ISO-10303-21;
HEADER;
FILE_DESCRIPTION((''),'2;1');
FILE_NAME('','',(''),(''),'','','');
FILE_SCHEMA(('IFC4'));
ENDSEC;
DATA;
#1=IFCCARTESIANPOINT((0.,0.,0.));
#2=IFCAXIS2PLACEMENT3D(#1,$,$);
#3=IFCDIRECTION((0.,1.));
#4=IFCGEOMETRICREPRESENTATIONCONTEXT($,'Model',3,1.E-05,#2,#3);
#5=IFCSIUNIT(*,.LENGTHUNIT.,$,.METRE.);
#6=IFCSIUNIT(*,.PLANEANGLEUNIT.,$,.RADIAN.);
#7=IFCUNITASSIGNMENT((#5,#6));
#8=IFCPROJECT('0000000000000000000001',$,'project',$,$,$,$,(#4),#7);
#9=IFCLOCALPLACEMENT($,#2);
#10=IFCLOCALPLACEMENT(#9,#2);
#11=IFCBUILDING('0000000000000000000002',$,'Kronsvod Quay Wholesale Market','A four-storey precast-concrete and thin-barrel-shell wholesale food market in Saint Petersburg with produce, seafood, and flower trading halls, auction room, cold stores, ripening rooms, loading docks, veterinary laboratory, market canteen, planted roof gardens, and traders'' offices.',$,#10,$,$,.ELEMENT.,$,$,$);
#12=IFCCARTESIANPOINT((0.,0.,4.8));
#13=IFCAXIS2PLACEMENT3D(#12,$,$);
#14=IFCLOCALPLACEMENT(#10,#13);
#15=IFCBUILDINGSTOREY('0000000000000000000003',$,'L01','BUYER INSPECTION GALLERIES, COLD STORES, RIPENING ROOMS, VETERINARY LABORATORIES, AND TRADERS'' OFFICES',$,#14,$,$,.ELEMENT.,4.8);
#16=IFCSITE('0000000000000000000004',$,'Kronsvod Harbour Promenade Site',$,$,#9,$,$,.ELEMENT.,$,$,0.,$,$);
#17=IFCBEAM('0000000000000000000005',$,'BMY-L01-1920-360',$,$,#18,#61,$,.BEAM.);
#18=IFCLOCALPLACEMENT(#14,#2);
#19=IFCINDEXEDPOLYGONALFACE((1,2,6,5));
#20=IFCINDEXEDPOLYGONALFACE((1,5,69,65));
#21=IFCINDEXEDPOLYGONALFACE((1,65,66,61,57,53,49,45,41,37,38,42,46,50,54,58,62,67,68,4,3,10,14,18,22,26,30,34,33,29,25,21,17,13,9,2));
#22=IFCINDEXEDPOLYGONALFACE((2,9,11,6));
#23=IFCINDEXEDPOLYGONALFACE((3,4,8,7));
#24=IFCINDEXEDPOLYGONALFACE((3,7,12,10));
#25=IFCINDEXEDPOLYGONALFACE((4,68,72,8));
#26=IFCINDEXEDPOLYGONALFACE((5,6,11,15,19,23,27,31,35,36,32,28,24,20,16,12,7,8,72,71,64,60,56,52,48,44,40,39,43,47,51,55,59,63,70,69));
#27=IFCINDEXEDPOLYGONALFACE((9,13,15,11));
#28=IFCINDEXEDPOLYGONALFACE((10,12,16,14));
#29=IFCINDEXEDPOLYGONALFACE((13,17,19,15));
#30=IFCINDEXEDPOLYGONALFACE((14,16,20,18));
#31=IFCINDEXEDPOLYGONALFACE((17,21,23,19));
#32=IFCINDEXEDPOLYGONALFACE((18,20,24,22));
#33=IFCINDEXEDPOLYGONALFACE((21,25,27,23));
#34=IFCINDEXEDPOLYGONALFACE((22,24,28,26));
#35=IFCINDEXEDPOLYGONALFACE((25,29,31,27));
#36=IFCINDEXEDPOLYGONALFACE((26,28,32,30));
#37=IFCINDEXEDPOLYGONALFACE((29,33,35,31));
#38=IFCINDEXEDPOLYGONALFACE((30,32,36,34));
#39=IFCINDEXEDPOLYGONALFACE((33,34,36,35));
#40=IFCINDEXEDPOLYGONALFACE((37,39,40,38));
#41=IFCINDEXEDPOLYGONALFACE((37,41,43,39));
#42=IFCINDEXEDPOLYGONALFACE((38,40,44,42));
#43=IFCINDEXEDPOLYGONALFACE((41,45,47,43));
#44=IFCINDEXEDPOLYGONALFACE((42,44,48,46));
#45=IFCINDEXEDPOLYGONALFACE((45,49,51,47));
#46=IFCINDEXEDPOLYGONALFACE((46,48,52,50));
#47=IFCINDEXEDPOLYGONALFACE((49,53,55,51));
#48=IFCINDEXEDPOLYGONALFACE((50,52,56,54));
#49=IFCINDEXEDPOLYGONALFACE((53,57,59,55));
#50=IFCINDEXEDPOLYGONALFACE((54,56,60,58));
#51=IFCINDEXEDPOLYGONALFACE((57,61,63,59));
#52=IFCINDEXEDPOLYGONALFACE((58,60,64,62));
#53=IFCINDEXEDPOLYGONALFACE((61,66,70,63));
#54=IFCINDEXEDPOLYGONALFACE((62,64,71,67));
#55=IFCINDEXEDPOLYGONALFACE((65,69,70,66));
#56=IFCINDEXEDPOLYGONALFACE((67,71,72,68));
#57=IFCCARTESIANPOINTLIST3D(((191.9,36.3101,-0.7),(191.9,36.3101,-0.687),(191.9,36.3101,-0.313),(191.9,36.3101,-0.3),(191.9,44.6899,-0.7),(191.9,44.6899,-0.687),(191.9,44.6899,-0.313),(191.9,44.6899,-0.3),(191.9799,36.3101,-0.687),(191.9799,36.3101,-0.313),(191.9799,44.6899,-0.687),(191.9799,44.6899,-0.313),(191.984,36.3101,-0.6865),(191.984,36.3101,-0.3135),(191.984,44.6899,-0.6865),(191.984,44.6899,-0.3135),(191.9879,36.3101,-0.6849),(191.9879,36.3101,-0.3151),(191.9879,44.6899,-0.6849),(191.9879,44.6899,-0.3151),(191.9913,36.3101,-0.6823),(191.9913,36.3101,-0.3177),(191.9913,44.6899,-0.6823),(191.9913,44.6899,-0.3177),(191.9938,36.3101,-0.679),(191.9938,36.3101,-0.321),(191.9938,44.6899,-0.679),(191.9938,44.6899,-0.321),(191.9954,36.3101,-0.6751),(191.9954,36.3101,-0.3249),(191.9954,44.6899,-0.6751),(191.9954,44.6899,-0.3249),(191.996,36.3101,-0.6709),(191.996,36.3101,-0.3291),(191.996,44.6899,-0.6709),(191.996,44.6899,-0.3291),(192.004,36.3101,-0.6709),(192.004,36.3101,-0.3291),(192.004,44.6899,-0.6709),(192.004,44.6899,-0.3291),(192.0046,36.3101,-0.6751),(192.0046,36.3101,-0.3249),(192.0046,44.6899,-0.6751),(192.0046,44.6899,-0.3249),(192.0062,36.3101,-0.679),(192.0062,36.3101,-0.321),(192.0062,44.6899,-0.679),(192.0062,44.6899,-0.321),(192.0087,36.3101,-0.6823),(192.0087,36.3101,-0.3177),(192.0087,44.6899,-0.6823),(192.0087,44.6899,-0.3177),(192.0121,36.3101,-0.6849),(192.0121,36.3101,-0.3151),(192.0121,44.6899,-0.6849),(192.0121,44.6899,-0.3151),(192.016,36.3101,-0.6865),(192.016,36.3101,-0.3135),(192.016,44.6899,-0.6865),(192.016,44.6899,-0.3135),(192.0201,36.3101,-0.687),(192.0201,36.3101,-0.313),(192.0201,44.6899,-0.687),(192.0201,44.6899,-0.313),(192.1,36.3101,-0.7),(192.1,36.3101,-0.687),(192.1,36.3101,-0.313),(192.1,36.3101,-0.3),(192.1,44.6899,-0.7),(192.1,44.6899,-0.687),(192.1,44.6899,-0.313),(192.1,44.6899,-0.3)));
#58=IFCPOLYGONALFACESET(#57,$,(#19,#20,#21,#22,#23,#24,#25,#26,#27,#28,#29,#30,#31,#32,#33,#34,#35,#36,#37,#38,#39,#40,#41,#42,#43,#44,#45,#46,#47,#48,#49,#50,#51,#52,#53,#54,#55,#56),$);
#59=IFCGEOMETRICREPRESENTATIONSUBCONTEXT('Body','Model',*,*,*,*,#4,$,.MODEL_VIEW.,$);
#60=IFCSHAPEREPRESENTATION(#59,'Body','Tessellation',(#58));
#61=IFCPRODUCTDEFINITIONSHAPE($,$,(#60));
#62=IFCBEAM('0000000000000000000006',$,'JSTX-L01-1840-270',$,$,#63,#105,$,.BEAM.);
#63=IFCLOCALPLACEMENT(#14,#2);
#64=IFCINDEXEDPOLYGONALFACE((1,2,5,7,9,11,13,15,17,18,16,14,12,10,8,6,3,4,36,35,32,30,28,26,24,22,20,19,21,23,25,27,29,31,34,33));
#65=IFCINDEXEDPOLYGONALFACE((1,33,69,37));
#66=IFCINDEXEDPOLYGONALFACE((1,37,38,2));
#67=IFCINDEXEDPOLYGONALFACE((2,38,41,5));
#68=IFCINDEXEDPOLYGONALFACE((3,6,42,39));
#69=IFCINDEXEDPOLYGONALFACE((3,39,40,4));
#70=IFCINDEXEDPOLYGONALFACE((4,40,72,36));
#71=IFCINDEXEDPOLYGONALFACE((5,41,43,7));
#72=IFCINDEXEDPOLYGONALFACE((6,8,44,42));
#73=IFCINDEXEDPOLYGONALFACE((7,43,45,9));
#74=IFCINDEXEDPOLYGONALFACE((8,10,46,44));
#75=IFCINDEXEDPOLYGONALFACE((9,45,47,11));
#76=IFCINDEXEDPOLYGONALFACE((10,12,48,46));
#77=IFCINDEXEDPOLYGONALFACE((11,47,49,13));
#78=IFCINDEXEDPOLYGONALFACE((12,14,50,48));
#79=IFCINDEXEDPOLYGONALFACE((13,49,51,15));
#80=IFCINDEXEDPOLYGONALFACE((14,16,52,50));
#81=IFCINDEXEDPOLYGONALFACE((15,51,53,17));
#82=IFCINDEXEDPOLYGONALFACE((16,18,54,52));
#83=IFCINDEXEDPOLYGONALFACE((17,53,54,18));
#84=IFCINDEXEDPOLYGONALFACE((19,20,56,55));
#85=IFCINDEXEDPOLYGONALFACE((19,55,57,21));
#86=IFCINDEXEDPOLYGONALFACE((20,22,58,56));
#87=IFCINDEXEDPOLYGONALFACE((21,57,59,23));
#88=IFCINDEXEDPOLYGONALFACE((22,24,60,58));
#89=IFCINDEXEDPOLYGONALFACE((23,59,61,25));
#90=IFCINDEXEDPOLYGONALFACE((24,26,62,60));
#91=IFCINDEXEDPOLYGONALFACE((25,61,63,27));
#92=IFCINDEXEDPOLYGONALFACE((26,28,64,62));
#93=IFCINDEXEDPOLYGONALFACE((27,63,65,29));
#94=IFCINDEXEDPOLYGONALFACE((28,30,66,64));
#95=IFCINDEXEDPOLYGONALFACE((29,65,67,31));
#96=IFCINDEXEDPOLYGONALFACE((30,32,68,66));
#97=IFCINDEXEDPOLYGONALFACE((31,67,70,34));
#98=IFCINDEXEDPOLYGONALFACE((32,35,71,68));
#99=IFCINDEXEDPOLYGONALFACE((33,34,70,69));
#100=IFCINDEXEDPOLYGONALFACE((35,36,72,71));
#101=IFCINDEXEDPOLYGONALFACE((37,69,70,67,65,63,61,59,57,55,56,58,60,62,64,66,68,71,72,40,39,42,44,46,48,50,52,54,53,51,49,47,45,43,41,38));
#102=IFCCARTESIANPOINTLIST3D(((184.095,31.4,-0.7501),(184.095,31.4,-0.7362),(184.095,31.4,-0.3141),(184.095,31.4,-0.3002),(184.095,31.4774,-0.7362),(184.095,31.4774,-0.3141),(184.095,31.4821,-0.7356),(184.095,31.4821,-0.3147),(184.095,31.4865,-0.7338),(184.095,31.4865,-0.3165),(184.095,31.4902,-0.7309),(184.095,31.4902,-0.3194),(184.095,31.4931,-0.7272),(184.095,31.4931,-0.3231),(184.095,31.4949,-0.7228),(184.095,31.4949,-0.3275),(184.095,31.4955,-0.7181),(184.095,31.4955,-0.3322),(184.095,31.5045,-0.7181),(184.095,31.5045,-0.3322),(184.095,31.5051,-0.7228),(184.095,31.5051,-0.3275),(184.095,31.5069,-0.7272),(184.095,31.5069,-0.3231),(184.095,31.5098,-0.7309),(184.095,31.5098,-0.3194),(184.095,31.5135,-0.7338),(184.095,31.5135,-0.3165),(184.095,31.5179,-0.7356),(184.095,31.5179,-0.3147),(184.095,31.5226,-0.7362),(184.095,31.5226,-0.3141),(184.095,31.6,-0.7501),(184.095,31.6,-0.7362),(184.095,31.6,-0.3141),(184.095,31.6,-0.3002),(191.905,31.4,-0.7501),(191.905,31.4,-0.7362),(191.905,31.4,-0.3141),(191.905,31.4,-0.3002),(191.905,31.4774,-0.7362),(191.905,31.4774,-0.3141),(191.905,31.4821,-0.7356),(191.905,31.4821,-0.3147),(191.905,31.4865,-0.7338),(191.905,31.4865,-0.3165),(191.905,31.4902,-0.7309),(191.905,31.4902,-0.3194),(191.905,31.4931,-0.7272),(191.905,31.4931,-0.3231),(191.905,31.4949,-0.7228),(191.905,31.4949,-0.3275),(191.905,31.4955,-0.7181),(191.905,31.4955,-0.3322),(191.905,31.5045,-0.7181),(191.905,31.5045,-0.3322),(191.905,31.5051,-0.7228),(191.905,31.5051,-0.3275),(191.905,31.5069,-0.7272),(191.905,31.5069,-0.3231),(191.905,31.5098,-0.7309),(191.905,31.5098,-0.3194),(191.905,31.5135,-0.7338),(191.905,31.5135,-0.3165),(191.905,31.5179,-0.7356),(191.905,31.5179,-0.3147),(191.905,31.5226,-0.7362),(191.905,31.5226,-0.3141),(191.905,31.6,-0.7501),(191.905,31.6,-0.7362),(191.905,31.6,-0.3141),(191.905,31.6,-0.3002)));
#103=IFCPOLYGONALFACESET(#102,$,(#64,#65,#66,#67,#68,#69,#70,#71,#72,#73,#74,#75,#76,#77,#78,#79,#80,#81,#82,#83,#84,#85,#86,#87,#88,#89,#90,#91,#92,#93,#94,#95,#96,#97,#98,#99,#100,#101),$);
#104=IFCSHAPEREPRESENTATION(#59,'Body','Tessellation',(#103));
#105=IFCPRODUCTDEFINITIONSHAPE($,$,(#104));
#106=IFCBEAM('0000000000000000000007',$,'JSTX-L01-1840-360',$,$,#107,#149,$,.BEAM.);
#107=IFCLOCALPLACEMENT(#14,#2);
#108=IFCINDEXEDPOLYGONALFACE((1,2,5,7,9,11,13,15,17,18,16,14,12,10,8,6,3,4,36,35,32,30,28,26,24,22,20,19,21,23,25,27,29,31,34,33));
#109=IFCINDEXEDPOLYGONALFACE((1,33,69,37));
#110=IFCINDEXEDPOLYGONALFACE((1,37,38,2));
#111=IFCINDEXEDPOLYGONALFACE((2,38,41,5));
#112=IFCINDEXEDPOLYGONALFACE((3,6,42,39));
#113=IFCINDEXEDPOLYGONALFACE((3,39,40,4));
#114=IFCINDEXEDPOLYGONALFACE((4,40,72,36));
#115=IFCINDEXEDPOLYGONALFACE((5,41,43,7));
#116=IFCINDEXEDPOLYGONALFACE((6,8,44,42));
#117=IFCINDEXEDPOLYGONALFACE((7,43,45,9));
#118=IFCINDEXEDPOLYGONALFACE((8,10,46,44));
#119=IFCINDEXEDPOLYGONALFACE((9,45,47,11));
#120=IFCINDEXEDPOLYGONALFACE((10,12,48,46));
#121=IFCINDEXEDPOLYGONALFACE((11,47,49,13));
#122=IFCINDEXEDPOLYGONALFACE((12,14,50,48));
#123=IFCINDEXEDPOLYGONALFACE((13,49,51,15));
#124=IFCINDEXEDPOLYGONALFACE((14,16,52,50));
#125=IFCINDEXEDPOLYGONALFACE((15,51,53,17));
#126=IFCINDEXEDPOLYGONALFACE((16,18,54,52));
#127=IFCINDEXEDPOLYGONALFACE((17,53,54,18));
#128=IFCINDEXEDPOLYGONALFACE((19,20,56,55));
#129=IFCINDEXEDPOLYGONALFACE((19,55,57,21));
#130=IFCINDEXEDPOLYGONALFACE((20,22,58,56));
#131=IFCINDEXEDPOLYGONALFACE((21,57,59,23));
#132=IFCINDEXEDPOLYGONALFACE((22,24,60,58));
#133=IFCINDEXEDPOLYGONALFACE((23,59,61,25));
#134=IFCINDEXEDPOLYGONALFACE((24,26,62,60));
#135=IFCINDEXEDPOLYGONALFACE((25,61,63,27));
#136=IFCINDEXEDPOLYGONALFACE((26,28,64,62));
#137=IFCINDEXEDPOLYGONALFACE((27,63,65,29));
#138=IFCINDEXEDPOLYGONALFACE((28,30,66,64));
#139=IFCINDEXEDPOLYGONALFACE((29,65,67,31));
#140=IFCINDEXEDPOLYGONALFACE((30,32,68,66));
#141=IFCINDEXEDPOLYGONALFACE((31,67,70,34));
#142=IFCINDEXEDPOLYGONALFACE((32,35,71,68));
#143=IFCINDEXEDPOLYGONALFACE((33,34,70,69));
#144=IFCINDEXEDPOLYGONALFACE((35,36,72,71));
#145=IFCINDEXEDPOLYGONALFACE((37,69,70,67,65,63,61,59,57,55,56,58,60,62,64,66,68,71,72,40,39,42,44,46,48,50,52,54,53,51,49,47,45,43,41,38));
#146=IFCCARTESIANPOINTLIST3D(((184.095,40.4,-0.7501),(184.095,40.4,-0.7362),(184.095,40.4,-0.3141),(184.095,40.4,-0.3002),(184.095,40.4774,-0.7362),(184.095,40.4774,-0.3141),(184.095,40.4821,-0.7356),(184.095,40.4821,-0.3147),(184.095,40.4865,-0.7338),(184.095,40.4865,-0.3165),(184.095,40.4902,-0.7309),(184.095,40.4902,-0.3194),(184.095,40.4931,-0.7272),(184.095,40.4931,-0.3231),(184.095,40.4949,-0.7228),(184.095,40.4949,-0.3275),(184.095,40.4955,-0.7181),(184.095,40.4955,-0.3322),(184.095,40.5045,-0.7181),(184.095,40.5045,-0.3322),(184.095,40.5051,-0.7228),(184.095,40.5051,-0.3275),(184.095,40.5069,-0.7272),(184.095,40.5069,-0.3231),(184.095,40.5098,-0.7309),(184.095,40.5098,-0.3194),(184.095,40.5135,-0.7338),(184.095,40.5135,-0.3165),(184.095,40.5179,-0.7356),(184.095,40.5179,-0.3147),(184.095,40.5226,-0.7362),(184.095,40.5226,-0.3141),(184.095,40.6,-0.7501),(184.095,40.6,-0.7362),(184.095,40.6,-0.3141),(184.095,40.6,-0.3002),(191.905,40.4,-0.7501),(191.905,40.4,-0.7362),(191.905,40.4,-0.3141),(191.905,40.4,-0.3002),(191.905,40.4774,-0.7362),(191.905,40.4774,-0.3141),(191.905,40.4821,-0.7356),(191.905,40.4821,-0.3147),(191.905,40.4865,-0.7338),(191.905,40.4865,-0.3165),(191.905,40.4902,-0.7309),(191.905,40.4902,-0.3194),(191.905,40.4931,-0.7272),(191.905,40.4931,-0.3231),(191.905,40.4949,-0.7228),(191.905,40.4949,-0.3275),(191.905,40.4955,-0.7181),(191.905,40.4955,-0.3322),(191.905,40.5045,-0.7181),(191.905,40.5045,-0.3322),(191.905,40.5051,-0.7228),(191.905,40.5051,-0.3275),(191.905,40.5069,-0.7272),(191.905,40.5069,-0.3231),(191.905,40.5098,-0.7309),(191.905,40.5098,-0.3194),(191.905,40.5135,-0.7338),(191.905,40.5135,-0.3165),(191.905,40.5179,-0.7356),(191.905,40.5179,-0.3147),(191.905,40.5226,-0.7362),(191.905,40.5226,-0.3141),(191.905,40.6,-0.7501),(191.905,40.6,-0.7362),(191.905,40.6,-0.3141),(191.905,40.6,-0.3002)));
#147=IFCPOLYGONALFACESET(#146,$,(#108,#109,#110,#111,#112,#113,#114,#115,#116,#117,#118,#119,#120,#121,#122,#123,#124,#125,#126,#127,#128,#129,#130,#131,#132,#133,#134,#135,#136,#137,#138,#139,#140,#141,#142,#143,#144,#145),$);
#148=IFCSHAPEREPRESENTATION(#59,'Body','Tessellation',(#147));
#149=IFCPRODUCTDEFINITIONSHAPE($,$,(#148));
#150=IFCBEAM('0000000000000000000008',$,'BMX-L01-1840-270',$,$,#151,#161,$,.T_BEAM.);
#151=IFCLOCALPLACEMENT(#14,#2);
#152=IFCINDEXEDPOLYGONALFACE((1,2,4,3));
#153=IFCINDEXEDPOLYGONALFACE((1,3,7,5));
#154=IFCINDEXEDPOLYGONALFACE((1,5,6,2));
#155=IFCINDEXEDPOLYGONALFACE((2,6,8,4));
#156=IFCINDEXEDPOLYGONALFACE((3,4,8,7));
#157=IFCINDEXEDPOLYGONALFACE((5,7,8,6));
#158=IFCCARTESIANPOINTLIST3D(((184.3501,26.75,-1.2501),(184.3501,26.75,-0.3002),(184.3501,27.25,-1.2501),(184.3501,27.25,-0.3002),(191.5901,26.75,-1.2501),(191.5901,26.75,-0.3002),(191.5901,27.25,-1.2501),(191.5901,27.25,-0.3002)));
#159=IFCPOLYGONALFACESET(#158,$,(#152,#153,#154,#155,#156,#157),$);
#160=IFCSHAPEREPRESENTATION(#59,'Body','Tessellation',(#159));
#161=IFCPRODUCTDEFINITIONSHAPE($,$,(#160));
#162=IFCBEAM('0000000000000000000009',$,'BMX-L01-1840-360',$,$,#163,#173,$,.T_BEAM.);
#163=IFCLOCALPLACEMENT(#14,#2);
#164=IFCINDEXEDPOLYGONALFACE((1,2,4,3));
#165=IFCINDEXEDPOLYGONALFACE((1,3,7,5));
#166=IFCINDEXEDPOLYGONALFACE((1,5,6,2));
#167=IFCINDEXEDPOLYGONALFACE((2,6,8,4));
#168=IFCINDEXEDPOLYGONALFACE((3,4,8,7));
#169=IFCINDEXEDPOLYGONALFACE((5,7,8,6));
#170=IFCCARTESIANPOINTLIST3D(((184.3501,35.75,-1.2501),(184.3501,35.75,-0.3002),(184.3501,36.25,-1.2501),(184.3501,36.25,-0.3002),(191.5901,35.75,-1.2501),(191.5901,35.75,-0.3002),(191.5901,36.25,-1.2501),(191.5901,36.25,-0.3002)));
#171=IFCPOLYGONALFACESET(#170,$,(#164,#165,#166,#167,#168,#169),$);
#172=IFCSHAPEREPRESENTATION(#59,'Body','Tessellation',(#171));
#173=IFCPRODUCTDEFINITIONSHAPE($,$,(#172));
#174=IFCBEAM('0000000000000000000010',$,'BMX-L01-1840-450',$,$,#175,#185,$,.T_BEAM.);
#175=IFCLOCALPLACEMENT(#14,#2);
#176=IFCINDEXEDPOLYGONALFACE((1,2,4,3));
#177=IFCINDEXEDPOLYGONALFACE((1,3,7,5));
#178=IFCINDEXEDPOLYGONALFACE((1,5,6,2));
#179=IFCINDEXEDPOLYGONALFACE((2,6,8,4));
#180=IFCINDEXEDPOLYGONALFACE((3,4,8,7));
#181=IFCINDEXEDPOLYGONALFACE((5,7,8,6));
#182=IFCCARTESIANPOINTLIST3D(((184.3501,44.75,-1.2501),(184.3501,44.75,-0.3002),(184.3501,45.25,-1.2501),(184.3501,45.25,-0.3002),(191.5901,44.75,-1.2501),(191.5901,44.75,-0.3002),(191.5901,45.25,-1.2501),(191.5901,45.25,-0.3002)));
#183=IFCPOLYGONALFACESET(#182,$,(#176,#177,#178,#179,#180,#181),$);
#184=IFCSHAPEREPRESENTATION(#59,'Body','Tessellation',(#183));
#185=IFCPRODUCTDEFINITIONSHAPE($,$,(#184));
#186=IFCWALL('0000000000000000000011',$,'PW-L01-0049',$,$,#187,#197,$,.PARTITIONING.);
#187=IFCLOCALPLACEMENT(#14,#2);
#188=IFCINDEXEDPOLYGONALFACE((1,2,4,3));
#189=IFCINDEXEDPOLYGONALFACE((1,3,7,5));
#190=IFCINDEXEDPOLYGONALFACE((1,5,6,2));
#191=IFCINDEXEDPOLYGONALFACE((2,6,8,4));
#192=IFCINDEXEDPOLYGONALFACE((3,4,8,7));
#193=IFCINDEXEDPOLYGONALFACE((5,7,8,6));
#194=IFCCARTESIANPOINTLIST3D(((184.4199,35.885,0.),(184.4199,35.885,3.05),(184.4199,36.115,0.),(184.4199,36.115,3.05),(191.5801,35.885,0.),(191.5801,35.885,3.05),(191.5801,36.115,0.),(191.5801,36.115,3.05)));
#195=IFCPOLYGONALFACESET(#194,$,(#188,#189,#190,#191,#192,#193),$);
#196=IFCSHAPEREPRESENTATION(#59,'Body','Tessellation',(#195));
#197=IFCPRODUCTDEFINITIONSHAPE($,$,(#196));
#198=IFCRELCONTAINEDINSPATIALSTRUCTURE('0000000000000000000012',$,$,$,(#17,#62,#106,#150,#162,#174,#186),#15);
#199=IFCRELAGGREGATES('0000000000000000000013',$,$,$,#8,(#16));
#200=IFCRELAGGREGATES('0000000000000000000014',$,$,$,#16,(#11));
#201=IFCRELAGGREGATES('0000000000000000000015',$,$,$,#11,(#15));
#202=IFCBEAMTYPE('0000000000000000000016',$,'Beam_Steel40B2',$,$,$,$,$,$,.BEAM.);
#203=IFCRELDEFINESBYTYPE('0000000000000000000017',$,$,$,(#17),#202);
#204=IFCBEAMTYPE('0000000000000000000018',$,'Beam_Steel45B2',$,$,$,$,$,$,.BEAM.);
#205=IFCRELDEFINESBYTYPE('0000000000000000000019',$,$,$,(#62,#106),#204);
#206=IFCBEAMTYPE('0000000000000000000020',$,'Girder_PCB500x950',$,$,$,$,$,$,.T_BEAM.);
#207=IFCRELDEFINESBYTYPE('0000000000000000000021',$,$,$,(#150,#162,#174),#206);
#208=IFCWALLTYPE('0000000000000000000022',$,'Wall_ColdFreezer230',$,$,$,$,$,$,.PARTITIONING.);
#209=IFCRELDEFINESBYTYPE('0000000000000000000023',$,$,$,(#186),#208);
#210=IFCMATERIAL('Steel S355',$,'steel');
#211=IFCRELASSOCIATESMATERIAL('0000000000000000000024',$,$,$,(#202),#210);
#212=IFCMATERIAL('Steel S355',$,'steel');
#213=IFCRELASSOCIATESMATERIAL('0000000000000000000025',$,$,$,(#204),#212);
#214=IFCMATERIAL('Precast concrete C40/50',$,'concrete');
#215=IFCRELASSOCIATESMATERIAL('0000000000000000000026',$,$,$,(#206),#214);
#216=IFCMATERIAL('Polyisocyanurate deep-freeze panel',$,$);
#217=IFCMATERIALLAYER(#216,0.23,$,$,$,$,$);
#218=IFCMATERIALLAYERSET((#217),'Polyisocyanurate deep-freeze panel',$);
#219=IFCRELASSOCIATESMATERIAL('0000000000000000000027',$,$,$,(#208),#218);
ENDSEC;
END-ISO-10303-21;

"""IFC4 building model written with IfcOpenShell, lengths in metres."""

from ifc_helpers import new_model, si_unit, direction, frame, frame_2d, origin, origin_2d, place, context, subcontext, project, spatial, rectangle, i_section, extrude, material, layer, layer_set, material_profile, profile_set, type_object, element, save


model = new_model("IFC4")

# Units and contexts
model_context = context("Model", 3, precision=1e-05, world=origin(), true_north=direction((0.0, 1.0)))
body_context = subcontext(model_context, "Body", "Model", "MODEL_VIEW")
ifc_project = project(units=[si_unit("LENGTHUNIT", "METRE"), si_unit("PLANEANGLEUNIT", "RADIAN")], contexts=[model_context])

# Site, building, storey
site_placement = place(None, origin())
site = spatial("IfcSite", under=ifc_project, at=site_placement, Name="Kronsvod Harbour Promenade Site", CompositionType="ELEMENT", RefElevation=0.0)
building_placement = place(site_placement, origin())
building = spatial("IfcBuilding", under=site, at=building_placement, Name="Kronsvod Quay Wholesale Market", Description="A four-storey precast-concrete and thin-barrel-shell wholesale food market in Saint Petersburg with produce, seafood, and flower trading halls, auction room, cold stores, ripening rooms, loading docks, veterinary laboratory, market canteen, planted roof gardens, and traders' offices.", CompositionType="ELEMENT")
storey_placement = place(building_placement, frame((0.0, 0.0, 4.8)))
storey = spatial("IfcBuildingStorey", under=building, at=storey_placement, Name="L01", Description="BUYER INSPECTION GALLERIES, COLD STORES, RIPENING ROOMS, VETERINARY LABORATORIES, AND TRADERS' OFFICES", CompositionType="ELEMENT", Elevation=4.8)

# Beams
ifc_material_1 = material(Name="Steel S355", Category="steel")
ifc_material_profile_1 = material_profile(ifc_material_1, i_section(OverallWidth=0.2, OverallDepth=0.3999, WebThickness=0.0081, FlangeThickness=0.0129, FilletRadius=0.0161, at=origin_2d()), Name="40B2")
ifc_profile_set_1 = profile_set([ifc_material_profile_1], Name="Steel S355")
beam_type_1 = type_object("IfcBeamType", Name="Beam_Steel40B2", PredefinedType="BEAM", material=ifc_profile_set_1)
for number, where, z_axis, x_axis, name in (
    (1, (192.0, 36.3101, -0.5), (0.0, 1.0, 0.0), (-1.0, 0.0, 0.0), "BMY-L01-1920-360"),
):
    element("IfcBeam", number, at=place(storey_placement, frame(where, z_axis=z_axis, x_axis=x_axis)), inside=storey, type_object=beam_type_1, Name=name, PredefinedType="BEAM", context=body_context, shape_type="SweptSolid", body=[
        extrude(i_section(OverallWidth=0.2, OverallDepth=0.3999, WebThickness=0.0081, FlangeThickness=0.0129, FilletRadius=0.0161, at=origin_2d()), origin(), (0.0, 0.0, 1.0), 8.3799),
    ])
ifc_material_2 = material(Name="Steel S355", Category="steel")
ifc_material_profile_2 = material_profile(ifc_material_2, i_section(OverallWidth=0.2, OverallDepth=0.45, WebThickness=0.009, FlangeThickness=0.0139, FilletRadius=0.0181, at=origin_2d()), Name="45B2")
ifc_profile_set_2 = profile_set([ifc_material_profile_2], Name="Steel S355")
beam_type_2 = type_object("IfcBeamType", Name="Beam_Steel45B2", PredefinedType="BEAM", material=ifc_profile_set_2)
for number, where, z_axis, x_axis, name in (
    (2, (184.095, 31.5, -0.5251), (1.0, 0.0, 0.0), (0.0, 1.0, 0.0), "JSTX-L01-1840-270"),
    (3, (184.095, 40.5, -0.5251), (1.0, 0.0, 0.0), (0.0, 1.0, 0.0), "JSTX-L01-1840-360"),
):
    element("IfcBeam", number, at=place(storey_placement, frame(where, z_axis=z_axis, x_axis=x_axis)), inside=storey, type_object=beam_type_2, Name=name, PredefinedType="BEAM", context=body_context, shape_type="SweptSolid", body=[
        extrude(i_section(OverallWidth=0.2, OverallDepth=0.45, WebThickness=0.009, FlangeThickness=0.0139, FilletRadius=0.0181, at=origin_2d()), origin(), (0.0, 0.0, 1.0), 7.8101),
    ])
ifc_material_3 = material(Name="Precast concrete C40/50", Category="concrete")
ifc_material_profile_3 = material_profile(ifc_material_3, rectangle(XDim=0.5, YDim=0.95, at=origin_2d()), Name="PCB500x950")
ifc_profile_set_3 = profile_set([ifc_material_profile_3], Name="Precast concrete C40/50")
beam_type_3 = type_object("IfcBeamType", Name="Girder_PCB500x950", PredefinedType="T_BEAM", material=ifc_profile_set_3)
for number, where, z_axis, x_axis, name in (
    (4, (184.3501, 27.0, -0.7751), (1.0, 0.0, 0.0), (0.0, 1.0, 0.0), "BMX-L01-1840-270"),
    (5, (184.3501, 36.0, -0.7751), (1.0, 0.0, 0.0), (0.0, 1.0, 0.0), "BMX-L01-1840-360"),
    (6, (184.3501, 45.0, -0.7751), (1.0, 0.0, 0.0), (0.0, 1.0, 0.0), "BMX-L01-1840-450"),
):
    element("IfcBeam", number, at=place(storey_placement, frame(where, z_axis=z_axis, x_axis=x_axis)), inside=storey, type_object=beam_type_3, Name=name, PredefinedType="T_BEAM", context=body_context, shape_type="SweptSolid", body=[
        extrude(rectangle(XDim=0.5, YDim=0.95, at=origin_2d()), origin(), (0.0, 0.0, 1.0), 7.24),
    ])

# Wall
ifc_material_4 = material(Name="Polyisocyanurate deep-freeze panel")
ifc_layer_1 = layer(ifc_material_4, 0.23)
ifc_layer_set_1 = layer_set([ifc_layer_1], Name="Polyisocyanurate deep-freeze panel")
wall_type_1 = type_object("IfcWallType", Name="Wall_ColdFreezer230", PredefinedType="PARTITIONING", material=ifc_layer_set_1)
for number, where, z_axis, x_axis, name in (
    (7, (184.4199, 36.0, 0.0), (0.0, 0.0, 1.0), (1.0, 0.0, 0.0), "PW-L01-0049"),
):
    element("IfcWall", number, at=place(storey_placement, frame(where, z_axis=z_axis, x_axis=x_axis)), inside=storey, type_object=wall_type_1, Name=name, PredefinedType="PARTITIONING", context=body_context, shape_type="SweptSolid", body=[
        extrude(rectangle(XDim=7.1602, YDim=0.23, at=frame_2d((3.5801, 0.0))), origin(), (0.0, 0.0, 1.0), 3.05),
    ])

save(model, "model.ifc")
